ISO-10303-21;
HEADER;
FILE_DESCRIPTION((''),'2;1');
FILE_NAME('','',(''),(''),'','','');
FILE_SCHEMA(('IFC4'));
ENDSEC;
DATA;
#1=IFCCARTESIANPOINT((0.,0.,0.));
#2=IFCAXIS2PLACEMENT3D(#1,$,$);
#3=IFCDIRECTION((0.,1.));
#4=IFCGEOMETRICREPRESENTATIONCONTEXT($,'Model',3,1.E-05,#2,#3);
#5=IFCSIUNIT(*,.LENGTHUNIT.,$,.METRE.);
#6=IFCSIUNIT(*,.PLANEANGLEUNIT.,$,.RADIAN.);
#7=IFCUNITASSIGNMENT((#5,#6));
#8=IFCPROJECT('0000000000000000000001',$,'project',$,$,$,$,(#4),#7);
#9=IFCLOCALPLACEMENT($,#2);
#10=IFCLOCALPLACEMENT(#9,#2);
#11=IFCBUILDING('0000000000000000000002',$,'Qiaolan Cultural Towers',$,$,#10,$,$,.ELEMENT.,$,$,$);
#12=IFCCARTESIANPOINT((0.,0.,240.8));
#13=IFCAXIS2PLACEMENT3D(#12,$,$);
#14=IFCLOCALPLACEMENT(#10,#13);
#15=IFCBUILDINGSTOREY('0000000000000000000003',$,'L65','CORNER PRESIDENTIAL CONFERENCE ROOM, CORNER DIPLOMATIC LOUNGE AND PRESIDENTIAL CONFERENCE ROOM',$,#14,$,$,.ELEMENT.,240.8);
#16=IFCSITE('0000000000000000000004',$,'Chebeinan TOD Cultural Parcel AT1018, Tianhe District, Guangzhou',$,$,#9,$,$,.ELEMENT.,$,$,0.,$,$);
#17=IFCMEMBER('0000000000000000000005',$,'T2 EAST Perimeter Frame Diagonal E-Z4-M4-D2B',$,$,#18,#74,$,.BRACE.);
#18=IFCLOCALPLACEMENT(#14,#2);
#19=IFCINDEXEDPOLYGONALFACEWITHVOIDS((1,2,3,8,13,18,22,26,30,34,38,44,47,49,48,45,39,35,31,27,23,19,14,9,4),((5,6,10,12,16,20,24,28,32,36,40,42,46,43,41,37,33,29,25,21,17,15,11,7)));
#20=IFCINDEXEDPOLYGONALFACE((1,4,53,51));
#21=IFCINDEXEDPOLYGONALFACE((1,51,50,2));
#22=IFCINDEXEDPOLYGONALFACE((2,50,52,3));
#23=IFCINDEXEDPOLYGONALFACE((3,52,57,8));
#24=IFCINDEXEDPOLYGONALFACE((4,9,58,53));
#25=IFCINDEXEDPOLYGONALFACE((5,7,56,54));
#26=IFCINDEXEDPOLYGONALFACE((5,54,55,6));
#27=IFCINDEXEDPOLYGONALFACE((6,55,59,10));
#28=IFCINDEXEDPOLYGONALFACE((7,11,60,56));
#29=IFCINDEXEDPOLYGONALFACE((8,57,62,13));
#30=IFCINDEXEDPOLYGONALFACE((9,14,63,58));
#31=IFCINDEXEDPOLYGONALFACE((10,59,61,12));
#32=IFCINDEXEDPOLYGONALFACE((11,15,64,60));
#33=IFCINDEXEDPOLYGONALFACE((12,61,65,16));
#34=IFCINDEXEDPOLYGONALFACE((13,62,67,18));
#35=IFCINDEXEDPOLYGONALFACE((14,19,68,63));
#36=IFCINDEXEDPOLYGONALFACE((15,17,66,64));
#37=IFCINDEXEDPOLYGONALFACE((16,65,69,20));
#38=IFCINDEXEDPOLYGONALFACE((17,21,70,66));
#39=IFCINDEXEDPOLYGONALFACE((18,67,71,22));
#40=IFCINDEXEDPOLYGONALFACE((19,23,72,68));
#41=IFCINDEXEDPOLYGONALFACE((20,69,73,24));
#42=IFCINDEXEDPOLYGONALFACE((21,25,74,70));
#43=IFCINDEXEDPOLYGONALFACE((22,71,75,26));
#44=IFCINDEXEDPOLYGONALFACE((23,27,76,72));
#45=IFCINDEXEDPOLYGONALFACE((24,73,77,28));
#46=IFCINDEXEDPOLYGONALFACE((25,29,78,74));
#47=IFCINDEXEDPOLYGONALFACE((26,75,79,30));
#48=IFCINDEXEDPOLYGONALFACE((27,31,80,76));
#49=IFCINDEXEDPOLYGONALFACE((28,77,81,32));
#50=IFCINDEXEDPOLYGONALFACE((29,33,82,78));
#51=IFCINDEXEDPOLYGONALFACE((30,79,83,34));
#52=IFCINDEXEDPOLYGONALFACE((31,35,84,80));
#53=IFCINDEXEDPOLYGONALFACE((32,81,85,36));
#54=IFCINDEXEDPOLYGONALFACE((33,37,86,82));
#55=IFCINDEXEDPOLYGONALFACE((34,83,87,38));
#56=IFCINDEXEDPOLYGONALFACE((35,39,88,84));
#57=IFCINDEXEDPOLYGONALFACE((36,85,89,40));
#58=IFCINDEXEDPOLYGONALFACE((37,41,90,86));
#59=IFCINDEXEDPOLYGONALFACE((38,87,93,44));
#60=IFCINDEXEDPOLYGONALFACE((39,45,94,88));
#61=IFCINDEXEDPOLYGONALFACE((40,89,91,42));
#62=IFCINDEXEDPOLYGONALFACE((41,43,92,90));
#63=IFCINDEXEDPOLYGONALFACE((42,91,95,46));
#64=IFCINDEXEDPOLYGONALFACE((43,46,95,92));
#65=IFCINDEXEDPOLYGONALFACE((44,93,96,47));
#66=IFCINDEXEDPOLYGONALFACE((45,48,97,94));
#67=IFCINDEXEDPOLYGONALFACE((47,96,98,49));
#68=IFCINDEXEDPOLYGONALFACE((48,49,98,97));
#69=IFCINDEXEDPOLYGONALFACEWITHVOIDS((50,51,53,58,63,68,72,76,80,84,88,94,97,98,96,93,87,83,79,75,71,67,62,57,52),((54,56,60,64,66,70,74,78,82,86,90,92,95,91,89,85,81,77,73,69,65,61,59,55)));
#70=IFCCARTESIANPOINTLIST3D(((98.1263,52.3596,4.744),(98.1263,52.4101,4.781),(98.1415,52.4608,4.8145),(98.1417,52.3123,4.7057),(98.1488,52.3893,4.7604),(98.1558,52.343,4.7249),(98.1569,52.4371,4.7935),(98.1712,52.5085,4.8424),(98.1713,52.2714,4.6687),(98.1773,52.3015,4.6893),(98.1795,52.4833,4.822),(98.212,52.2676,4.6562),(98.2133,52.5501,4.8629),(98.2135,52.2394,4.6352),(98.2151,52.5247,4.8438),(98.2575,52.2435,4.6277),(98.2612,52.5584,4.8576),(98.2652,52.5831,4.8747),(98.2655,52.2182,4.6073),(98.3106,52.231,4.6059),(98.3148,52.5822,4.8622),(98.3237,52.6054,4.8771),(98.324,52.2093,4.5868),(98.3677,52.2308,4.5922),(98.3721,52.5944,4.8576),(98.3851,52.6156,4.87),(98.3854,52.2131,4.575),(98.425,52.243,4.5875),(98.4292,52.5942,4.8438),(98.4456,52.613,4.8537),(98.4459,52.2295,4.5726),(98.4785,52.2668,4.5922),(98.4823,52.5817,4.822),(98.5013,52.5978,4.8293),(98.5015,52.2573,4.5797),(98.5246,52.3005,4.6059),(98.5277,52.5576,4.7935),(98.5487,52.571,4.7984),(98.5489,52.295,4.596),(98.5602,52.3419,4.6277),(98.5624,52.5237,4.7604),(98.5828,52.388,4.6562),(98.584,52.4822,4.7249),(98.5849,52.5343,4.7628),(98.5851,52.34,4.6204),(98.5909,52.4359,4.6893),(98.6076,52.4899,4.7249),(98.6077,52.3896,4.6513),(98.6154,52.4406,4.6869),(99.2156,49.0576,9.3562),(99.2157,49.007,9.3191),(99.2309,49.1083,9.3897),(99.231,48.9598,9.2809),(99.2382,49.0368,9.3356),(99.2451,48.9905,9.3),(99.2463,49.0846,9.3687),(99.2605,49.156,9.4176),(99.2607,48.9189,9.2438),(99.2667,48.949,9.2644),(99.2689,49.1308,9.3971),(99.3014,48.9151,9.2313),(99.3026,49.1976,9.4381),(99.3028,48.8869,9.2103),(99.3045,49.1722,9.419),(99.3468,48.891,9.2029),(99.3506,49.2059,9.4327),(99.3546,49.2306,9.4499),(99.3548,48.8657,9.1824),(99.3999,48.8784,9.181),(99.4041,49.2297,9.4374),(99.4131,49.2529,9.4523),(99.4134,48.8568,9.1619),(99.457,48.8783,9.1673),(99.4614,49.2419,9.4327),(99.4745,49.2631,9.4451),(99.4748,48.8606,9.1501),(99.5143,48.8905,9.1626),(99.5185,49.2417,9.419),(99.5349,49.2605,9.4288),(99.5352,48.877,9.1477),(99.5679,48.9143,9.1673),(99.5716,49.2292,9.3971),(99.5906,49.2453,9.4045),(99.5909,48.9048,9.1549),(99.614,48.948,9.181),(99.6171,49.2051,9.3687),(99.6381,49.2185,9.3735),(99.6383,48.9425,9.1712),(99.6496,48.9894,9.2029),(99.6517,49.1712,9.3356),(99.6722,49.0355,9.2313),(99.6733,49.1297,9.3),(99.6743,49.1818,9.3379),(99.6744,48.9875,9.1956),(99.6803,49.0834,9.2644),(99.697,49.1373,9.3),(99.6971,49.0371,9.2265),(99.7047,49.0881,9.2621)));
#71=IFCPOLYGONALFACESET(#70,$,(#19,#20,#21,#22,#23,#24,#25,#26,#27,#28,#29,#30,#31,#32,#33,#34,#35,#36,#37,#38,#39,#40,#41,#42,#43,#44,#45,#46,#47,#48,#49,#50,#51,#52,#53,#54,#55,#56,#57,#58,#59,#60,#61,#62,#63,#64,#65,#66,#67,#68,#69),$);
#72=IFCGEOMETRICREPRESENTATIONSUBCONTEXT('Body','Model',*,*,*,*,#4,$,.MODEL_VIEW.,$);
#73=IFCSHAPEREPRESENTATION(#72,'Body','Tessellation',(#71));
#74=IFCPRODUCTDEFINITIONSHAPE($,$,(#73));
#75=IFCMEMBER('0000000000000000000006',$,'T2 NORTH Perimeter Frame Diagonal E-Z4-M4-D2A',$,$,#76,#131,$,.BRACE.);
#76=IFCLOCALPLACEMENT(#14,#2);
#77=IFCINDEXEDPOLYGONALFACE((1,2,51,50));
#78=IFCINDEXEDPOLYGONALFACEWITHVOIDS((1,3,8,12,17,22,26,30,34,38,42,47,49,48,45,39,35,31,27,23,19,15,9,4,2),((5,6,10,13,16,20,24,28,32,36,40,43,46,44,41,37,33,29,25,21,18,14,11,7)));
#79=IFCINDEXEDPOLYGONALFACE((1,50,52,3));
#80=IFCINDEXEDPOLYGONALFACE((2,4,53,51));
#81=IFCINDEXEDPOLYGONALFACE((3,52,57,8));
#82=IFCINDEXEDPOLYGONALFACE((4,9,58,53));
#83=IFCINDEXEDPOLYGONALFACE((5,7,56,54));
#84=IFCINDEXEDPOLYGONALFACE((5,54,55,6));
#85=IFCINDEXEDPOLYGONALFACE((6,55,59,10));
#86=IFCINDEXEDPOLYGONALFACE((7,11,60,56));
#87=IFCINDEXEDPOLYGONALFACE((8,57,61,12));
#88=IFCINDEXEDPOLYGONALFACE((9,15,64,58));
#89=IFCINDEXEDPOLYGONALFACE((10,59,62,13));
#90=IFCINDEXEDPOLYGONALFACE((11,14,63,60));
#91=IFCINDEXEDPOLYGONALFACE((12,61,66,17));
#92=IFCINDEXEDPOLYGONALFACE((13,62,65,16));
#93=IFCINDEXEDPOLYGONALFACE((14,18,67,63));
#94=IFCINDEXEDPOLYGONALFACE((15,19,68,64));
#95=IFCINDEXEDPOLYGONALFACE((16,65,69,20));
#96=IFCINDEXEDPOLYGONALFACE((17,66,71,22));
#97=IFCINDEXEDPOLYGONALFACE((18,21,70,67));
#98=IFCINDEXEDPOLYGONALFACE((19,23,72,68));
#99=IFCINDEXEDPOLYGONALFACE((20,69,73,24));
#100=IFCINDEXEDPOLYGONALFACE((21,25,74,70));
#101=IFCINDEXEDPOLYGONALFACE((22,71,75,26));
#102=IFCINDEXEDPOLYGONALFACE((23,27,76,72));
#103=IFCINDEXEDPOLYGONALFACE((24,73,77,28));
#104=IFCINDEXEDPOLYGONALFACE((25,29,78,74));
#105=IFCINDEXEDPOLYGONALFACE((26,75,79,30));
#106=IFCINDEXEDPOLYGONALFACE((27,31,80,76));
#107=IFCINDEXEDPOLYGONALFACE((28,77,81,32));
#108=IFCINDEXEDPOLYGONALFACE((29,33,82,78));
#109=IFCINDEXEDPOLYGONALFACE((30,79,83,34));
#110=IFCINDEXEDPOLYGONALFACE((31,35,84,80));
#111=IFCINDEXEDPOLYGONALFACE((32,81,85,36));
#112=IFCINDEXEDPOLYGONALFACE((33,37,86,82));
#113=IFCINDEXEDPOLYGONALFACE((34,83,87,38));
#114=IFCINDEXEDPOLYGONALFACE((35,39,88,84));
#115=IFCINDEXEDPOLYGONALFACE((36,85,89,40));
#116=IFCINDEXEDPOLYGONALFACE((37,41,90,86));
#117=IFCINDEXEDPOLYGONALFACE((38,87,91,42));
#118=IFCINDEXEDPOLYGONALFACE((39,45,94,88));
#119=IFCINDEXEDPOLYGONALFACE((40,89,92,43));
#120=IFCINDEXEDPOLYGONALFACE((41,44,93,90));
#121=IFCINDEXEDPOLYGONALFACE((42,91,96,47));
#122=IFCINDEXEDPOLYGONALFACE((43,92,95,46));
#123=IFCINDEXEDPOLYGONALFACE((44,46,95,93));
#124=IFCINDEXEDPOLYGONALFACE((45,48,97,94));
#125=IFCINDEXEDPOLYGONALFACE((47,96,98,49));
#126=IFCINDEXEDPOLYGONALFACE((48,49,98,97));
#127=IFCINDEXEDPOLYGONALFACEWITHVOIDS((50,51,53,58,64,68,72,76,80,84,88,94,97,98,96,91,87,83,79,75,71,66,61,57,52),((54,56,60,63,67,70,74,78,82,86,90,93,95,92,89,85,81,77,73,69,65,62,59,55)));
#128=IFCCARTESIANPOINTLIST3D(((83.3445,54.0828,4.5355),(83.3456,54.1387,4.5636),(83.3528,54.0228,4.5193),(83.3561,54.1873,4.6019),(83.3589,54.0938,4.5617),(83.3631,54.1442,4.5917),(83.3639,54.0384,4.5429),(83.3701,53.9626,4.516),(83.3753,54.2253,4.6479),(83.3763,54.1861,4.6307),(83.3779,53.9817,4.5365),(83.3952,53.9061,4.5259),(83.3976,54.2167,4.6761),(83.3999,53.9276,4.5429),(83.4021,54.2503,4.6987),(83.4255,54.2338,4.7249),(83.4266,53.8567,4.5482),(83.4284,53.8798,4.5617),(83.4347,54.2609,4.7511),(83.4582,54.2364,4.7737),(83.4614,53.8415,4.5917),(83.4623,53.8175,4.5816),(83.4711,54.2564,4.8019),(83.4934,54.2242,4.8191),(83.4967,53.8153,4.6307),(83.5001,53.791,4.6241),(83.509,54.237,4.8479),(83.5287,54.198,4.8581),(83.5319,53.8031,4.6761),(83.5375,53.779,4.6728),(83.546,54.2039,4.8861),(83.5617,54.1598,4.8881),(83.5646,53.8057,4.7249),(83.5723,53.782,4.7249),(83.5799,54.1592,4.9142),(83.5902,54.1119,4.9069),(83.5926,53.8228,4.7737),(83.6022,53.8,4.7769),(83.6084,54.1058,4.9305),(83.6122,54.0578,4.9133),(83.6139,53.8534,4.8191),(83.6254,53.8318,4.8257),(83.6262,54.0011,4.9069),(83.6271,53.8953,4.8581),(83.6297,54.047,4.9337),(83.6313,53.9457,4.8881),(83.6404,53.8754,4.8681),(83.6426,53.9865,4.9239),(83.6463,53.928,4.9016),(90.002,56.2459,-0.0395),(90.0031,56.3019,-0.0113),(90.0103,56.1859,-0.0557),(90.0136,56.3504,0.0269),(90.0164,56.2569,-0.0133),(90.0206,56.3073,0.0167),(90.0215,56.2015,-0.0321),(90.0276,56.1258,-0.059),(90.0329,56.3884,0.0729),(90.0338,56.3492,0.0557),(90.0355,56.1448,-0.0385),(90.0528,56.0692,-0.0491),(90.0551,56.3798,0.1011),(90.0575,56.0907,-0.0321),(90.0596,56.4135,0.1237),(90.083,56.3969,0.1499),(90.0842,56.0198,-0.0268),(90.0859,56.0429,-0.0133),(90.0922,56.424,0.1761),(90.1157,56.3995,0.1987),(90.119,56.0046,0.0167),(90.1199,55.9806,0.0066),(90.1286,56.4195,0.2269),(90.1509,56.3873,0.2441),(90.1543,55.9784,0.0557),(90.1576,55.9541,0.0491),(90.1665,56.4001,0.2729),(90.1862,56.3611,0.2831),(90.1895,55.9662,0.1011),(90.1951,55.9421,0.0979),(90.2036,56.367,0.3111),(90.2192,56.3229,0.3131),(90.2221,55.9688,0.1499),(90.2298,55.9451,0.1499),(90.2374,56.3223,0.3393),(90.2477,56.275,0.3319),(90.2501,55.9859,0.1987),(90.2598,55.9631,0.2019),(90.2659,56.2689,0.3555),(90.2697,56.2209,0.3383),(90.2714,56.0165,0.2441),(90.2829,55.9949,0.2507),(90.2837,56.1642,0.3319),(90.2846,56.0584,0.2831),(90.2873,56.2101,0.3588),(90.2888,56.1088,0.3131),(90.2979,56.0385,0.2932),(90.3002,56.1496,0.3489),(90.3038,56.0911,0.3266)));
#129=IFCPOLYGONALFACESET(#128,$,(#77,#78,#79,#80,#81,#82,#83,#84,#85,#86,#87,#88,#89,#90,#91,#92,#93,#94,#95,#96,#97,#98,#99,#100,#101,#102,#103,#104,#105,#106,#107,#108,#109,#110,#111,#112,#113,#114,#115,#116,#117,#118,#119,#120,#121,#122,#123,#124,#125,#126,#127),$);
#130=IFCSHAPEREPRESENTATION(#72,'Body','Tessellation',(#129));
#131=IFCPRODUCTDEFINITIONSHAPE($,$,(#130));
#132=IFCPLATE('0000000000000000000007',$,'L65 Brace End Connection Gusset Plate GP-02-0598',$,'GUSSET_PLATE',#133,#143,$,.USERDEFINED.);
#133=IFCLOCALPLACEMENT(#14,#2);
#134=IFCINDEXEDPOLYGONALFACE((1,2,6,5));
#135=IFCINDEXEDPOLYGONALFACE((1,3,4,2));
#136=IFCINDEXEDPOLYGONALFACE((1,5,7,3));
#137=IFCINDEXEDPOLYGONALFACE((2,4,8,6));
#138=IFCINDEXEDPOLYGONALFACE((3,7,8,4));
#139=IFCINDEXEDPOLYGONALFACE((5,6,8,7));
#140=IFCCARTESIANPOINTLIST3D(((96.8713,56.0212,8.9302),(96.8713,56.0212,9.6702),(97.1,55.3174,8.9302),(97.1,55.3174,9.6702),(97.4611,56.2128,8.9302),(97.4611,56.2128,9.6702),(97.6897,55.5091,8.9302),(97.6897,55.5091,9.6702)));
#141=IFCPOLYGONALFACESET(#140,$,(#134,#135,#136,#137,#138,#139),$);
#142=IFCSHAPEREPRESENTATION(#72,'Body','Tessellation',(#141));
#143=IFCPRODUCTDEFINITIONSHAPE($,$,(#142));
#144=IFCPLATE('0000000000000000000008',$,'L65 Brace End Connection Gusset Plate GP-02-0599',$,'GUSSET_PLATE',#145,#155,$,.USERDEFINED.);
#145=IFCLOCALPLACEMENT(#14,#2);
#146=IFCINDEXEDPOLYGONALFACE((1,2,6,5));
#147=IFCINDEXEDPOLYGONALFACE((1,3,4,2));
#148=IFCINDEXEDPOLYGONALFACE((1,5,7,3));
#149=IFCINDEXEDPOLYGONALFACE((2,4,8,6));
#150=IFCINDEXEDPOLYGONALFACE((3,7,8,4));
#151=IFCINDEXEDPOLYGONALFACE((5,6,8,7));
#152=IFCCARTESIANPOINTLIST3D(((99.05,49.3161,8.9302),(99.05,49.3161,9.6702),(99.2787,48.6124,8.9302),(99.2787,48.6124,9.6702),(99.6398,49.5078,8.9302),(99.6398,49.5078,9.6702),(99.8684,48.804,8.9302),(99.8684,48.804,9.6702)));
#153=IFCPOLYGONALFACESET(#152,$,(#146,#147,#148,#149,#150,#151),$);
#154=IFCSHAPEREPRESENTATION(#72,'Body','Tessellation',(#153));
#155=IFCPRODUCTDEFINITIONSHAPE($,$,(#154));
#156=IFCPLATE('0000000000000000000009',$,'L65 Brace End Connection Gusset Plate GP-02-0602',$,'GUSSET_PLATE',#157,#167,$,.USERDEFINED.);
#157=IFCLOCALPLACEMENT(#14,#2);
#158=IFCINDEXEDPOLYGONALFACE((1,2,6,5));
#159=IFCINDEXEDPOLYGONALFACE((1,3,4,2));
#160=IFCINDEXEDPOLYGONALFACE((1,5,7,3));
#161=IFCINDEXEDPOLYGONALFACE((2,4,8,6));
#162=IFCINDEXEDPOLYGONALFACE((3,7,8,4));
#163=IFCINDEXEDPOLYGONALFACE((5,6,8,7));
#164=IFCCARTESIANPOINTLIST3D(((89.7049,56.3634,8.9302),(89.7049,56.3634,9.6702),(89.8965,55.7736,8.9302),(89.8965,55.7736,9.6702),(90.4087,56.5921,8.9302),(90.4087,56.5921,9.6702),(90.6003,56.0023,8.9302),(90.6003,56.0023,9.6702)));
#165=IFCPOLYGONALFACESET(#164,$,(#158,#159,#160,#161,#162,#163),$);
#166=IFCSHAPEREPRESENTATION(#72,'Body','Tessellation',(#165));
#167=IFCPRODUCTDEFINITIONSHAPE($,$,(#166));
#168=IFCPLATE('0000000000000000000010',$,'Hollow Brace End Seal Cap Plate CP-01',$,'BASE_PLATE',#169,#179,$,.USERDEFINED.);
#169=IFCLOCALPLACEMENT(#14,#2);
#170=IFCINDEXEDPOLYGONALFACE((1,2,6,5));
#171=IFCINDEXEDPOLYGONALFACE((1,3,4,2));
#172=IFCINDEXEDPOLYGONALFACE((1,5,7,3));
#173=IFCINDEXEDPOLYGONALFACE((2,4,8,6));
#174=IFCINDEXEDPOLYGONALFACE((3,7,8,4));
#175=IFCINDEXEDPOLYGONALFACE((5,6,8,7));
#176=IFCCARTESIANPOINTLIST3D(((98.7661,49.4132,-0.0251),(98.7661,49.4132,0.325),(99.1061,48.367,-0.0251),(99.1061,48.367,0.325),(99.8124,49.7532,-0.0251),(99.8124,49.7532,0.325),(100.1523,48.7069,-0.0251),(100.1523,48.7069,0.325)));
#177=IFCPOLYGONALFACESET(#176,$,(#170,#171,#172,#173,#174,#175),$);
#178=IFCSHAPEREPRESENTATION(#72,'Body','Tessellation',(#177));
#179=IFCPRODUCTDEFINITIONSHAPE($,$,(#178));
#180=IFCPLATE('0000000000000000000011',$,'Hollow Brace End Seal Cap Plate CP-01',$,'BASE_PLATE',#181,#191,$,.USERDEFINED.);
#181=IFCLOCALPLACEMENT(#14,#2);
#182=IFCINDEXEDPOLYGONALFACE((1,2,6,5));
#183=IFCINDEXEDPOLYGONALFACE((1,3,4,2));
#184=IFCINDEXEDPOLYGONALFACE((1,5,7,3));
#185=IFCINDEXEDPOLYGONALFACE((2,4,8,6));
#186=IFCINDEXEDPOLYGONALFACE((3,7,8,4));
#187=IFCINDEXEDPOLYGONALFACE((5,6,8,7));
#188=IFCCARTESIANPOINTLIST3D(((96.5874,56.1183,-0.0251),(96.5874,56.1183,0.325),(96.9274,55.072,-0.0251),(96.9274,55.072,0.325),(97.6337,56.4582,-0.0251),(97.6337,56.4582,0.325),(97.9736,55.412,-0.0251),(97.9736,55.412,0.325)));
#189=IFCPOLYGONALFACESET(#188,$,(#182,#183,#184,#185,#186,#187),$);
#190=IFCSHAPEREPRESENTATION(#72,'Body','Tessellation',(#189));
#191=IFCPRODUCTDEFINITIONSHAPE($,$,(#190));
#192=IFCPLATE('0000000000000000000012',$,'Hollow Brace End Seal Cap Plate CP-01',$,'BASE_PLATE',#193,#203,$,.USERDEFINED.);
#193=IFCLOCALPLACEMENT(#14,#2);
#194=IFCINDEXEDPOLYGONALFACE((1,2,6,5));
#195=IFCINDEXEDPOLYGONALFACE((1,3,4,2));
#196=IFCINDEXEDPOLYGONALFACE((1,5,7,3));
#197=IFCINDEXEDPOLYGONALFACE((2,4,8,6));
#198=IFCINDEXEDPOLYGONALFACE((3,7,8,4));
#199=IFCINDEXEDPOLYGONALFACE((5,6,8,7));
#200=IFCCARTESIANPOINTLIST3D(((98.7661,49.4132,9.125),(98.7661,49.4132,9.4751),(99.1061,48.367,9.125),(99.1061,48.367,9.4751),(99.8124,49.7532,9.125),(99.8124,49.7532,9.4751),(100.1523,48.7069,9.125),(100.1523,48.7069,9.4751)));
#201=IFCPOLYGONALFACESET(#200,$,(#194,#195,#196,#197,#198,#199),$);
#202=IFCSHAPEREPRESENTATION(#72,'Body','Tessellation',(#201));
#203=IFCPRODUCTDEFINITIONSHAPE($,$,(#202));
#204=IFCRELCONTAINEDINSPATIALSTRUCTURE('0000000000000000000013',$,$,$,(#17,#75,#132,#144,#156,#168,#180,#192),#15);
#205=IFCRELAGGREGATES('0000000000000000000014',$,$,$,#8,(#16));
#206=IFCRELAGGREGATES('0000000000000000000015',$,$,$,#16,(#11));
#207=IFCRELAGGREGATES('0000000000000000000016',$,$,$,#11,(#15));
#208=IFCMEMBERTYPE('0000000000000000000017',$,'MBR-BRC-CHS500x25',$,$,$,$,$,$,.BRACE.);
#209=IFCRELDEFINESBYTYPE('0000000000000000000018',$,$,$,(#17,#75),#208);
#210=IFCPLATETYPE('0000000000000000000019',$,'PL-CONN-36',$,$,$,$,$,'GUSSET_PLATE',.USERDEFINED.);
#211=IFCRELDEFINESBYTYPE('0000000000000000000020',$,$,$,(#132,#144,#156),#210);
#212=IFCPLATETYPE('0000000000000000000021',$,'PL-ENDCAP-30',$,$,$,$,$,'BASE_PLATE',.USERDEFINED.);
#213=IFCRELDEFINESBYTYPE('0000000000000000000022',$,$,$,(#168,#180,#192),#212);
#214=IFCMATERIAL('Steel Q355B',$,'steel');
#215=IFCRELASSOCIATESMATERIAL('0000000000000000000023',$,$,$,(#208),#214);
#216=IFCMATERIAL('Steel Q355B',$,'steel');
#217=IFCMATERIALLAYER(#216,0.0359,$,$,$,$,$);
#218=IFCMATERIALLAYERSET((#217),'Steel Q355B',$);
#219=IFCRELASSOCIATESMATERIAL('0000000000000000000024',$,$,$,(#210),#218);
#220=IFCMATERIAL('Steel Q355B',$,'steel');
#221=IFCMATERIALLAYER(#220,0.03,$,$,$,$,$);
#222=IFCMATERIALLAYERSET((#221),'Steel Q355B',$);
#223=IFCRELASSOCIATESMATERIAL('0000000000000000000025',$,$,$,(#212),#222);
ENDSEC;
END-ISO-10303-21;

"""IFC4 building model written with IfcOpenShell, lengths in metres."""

from ifc_helpers import new_model, si_unit, direction, frame, origin, origin_2d, place, context, subcontext, project, spatial, rectangle, hollow_circle, extrude, material, layer, layer_set, material_profile, profile_set, type_object, element, save


model = new_model("IFC4")

# Units and contexts
model_context = context("Model", 3, precision=1e-05, world=origin(), true_north=direction((0.0, 1.0)))
body_context = subcontext(model_context, "Body", "Model", "MODEL_VIEW")
ifc_project = project(units=[si_unit("LENGTHUNIT", "METRE"), si_unit("PLANEANGLEUNIT", "RADIAN")], contexts=[model_context])

# Site, building, storey
site_placement = place(None, origin())
site = spatial("IfcSite", under=ifc_project, at=site_placement, Name="Chebeinan TOD Cultural Parcel AT1018, Tianhe District, Guangzhou", CompositionType="ELEMENT", RefElevation=0.0)
building_placement = place(site_placement, origin())
building = spatial("IfcBuilding", under=site, at=building_placement, Name="Qiaolan Cultural Towers", CompositionType="ELEMENT")
storey_placement = place(building_placement, frame((0.0, 0.0, 240.8)))
storey = spatial("IfcBuildingStorey", under=building, at=storey_placement, Name="L65", Description="CORNER PRESIDENTIAL CONFERENCE ROOM, CORNER DIPLOMATIC LOUNGE AND PRESIDENTIAL CONFERENCE ROOM", CompositionType="ELEMENT", Elevation=240.8)

# Members
ifc_material_1 = material(Name="Steel Q355B", Category="steel")
ifc_material_profile_1 = material_profile(ifc_material_1, hollow_circle(Radius=0.25, WallThickness=0.0249, at=origin_2d()), Name="CHS500x25")
ifc_profile_set_1 = profile_set([ifc_material_profile_1], Name="Steel Q355B")
member_type = type_object("IfcMemberType", Name="MBR-BRC-CHS500x25", PredefinedType="BRACE", material=ifc_profile_set_1)
member_1_placement = place(storey_placement, frame((98.3699, 52.4126, 4.7249), z_axis=(0.18861, -0.580457, 0.792147), x_axis=(0.951052, 0.30903, 0.0)))
element("IfcMember", 1, at=member_1_placement, inside=storey, type_object=member_type, Name="T2 EAST Perimeter Frame Diagonal E-Z4-M4-D2B", PredefinedType="BRACE", context=body_context, shape_type="SweptSolid", body=[
    extrude(hollow_circle(Radius=0.25, WallThickness=0.0249, at=origin_2d()), origin(), (0.0, 0.0, 1.0), 5.7756),
])
member_2_placement = place(storey_placement, frame((90.1526, 56.1829, 0.1499), z_axis=(-0.796112, -0.258666, 0.547081), x_axis=(0.30901, -0.951059, 0.0)))
element("IfcMember", 2, at=member_2_placement, inside=storey, type_object=member_type, Name="T2 NORTH Perimeter Frame Diagonal E-Z4-M4-D2A", PredefinedType="BRACE", context=body_context, shape_type="SweptSolid", body=[
    extrude(hollow_circle(Radius=0.25, WallThickness=0.0249, at=origin_2d()), origin(), (0.0, 0.0, 1.0), 8.3625),
])

# Plates
ifc_material_2 = material(Name="Steel Q355B", Category="steel")
ifc_layer_1 = layer(ifc_material_2, 0.0359)
ifc_layer_set_1 = layer_set([ifc_layer_1], Name="Steel Q355B")
plate_type_1 = type_object("IfcPlateType", Name="PL-CONN-36", ElementType="GUSSET_PLATE", PredefinedType="USERDEFINED", material=ifc_layer_set_1)
for number, where, z_axis, x_axis, name in (
    (3, (97.2805, 55.7651, 8.9302), (0.0, 0.0, 1.0), (-0.309017, 0.951057, 0.0), "L65 Brace End Connection Gusset Plate GP-02-0598"),
    (4, (99.4592, 49.0601, 8.9302), (0.0, 0.0, 1.0), (-0.309017, 0.951057, 0.0), "L65 Brace End Connection Gusset Plate GP-02-0599"),
    (5, (90.1526, 56.1829, 8.9302), (0.0, 0.0, 1.0), (0.951057, 0.309017, 0.0), "L65 Brace End Connection Gusset Plate GP-02-0602"),
):
    element("IfcPlate", number, at=place(storey_placement, frame(where, z_axis=z_axis, x_axis=x_axis)), inside=storey, type_object=plate_type_1, Name=name, ObjectType="GUSSET_PLATE", PredefinedType="USERDEFINED", context=body_context, shape_type="SweptSolid", body=[
        extrude(rectangle(XDim=0.74, YDim=0.6201, at=origin_2d()), origin(), (0.0, 0.0, 1.0), 0.74),
    ])
ifc_material_3 = material(Name="Steel Q355B", Category="steel")
ifc_layer_2 = layer(ifc_material_3, 0.03)
ifc_layer_set_2 = layer_set([ifc_layer_2], Name="Steel Q355B")
plate_type_2 = type_object("IfcPlateType", Name="PL-ENDCAP-30", ElementType="BASE_PLATE", PredefinedType="USERDEFINED", material=ifc_layer_set_2)
for number, where, z_axis, x_axis, name in (
    (6, (99.4592, 49.0601, -0.0251), (0.0, 0.0, 1.0), (-0.309017, 0.951057, 0.0), "Hollow Brace End Seal Cap Plate CP-01"),
    (7, (97.2805, 55.7651, -0.0251), (0.0, 0.0, 1.0), (-0.309017, 0.951057, 0.0), "Hollow Brace End Seal Cap Plate CP-01"),
    (8, (99.4592, 49.0601, 9.125), (0.0, 0.0, 1.0), (-0.309017, 0.951057, 0.0), "Hollow Brace End Seal Cap Plate CP-01"),
):
    element("IfcPlate", number, at=place(storey_placement, frame(where, z_axis=z_axis, x_axis=x_axis)), inside=storey, type_object=plate_type_2, Name=name, ObjectType="BASE_PLATE", PredefinedType="USERDEFINED", context=body_context, shape_type="SweptSolid", body=[
        extrude(rectangle(XDim=1.1001, YDim=1.1001, at=origin_2d()), origin(), (0.0, 0.0, 1.0), 0.3501),
    ])

save(model, "model.ifc")
